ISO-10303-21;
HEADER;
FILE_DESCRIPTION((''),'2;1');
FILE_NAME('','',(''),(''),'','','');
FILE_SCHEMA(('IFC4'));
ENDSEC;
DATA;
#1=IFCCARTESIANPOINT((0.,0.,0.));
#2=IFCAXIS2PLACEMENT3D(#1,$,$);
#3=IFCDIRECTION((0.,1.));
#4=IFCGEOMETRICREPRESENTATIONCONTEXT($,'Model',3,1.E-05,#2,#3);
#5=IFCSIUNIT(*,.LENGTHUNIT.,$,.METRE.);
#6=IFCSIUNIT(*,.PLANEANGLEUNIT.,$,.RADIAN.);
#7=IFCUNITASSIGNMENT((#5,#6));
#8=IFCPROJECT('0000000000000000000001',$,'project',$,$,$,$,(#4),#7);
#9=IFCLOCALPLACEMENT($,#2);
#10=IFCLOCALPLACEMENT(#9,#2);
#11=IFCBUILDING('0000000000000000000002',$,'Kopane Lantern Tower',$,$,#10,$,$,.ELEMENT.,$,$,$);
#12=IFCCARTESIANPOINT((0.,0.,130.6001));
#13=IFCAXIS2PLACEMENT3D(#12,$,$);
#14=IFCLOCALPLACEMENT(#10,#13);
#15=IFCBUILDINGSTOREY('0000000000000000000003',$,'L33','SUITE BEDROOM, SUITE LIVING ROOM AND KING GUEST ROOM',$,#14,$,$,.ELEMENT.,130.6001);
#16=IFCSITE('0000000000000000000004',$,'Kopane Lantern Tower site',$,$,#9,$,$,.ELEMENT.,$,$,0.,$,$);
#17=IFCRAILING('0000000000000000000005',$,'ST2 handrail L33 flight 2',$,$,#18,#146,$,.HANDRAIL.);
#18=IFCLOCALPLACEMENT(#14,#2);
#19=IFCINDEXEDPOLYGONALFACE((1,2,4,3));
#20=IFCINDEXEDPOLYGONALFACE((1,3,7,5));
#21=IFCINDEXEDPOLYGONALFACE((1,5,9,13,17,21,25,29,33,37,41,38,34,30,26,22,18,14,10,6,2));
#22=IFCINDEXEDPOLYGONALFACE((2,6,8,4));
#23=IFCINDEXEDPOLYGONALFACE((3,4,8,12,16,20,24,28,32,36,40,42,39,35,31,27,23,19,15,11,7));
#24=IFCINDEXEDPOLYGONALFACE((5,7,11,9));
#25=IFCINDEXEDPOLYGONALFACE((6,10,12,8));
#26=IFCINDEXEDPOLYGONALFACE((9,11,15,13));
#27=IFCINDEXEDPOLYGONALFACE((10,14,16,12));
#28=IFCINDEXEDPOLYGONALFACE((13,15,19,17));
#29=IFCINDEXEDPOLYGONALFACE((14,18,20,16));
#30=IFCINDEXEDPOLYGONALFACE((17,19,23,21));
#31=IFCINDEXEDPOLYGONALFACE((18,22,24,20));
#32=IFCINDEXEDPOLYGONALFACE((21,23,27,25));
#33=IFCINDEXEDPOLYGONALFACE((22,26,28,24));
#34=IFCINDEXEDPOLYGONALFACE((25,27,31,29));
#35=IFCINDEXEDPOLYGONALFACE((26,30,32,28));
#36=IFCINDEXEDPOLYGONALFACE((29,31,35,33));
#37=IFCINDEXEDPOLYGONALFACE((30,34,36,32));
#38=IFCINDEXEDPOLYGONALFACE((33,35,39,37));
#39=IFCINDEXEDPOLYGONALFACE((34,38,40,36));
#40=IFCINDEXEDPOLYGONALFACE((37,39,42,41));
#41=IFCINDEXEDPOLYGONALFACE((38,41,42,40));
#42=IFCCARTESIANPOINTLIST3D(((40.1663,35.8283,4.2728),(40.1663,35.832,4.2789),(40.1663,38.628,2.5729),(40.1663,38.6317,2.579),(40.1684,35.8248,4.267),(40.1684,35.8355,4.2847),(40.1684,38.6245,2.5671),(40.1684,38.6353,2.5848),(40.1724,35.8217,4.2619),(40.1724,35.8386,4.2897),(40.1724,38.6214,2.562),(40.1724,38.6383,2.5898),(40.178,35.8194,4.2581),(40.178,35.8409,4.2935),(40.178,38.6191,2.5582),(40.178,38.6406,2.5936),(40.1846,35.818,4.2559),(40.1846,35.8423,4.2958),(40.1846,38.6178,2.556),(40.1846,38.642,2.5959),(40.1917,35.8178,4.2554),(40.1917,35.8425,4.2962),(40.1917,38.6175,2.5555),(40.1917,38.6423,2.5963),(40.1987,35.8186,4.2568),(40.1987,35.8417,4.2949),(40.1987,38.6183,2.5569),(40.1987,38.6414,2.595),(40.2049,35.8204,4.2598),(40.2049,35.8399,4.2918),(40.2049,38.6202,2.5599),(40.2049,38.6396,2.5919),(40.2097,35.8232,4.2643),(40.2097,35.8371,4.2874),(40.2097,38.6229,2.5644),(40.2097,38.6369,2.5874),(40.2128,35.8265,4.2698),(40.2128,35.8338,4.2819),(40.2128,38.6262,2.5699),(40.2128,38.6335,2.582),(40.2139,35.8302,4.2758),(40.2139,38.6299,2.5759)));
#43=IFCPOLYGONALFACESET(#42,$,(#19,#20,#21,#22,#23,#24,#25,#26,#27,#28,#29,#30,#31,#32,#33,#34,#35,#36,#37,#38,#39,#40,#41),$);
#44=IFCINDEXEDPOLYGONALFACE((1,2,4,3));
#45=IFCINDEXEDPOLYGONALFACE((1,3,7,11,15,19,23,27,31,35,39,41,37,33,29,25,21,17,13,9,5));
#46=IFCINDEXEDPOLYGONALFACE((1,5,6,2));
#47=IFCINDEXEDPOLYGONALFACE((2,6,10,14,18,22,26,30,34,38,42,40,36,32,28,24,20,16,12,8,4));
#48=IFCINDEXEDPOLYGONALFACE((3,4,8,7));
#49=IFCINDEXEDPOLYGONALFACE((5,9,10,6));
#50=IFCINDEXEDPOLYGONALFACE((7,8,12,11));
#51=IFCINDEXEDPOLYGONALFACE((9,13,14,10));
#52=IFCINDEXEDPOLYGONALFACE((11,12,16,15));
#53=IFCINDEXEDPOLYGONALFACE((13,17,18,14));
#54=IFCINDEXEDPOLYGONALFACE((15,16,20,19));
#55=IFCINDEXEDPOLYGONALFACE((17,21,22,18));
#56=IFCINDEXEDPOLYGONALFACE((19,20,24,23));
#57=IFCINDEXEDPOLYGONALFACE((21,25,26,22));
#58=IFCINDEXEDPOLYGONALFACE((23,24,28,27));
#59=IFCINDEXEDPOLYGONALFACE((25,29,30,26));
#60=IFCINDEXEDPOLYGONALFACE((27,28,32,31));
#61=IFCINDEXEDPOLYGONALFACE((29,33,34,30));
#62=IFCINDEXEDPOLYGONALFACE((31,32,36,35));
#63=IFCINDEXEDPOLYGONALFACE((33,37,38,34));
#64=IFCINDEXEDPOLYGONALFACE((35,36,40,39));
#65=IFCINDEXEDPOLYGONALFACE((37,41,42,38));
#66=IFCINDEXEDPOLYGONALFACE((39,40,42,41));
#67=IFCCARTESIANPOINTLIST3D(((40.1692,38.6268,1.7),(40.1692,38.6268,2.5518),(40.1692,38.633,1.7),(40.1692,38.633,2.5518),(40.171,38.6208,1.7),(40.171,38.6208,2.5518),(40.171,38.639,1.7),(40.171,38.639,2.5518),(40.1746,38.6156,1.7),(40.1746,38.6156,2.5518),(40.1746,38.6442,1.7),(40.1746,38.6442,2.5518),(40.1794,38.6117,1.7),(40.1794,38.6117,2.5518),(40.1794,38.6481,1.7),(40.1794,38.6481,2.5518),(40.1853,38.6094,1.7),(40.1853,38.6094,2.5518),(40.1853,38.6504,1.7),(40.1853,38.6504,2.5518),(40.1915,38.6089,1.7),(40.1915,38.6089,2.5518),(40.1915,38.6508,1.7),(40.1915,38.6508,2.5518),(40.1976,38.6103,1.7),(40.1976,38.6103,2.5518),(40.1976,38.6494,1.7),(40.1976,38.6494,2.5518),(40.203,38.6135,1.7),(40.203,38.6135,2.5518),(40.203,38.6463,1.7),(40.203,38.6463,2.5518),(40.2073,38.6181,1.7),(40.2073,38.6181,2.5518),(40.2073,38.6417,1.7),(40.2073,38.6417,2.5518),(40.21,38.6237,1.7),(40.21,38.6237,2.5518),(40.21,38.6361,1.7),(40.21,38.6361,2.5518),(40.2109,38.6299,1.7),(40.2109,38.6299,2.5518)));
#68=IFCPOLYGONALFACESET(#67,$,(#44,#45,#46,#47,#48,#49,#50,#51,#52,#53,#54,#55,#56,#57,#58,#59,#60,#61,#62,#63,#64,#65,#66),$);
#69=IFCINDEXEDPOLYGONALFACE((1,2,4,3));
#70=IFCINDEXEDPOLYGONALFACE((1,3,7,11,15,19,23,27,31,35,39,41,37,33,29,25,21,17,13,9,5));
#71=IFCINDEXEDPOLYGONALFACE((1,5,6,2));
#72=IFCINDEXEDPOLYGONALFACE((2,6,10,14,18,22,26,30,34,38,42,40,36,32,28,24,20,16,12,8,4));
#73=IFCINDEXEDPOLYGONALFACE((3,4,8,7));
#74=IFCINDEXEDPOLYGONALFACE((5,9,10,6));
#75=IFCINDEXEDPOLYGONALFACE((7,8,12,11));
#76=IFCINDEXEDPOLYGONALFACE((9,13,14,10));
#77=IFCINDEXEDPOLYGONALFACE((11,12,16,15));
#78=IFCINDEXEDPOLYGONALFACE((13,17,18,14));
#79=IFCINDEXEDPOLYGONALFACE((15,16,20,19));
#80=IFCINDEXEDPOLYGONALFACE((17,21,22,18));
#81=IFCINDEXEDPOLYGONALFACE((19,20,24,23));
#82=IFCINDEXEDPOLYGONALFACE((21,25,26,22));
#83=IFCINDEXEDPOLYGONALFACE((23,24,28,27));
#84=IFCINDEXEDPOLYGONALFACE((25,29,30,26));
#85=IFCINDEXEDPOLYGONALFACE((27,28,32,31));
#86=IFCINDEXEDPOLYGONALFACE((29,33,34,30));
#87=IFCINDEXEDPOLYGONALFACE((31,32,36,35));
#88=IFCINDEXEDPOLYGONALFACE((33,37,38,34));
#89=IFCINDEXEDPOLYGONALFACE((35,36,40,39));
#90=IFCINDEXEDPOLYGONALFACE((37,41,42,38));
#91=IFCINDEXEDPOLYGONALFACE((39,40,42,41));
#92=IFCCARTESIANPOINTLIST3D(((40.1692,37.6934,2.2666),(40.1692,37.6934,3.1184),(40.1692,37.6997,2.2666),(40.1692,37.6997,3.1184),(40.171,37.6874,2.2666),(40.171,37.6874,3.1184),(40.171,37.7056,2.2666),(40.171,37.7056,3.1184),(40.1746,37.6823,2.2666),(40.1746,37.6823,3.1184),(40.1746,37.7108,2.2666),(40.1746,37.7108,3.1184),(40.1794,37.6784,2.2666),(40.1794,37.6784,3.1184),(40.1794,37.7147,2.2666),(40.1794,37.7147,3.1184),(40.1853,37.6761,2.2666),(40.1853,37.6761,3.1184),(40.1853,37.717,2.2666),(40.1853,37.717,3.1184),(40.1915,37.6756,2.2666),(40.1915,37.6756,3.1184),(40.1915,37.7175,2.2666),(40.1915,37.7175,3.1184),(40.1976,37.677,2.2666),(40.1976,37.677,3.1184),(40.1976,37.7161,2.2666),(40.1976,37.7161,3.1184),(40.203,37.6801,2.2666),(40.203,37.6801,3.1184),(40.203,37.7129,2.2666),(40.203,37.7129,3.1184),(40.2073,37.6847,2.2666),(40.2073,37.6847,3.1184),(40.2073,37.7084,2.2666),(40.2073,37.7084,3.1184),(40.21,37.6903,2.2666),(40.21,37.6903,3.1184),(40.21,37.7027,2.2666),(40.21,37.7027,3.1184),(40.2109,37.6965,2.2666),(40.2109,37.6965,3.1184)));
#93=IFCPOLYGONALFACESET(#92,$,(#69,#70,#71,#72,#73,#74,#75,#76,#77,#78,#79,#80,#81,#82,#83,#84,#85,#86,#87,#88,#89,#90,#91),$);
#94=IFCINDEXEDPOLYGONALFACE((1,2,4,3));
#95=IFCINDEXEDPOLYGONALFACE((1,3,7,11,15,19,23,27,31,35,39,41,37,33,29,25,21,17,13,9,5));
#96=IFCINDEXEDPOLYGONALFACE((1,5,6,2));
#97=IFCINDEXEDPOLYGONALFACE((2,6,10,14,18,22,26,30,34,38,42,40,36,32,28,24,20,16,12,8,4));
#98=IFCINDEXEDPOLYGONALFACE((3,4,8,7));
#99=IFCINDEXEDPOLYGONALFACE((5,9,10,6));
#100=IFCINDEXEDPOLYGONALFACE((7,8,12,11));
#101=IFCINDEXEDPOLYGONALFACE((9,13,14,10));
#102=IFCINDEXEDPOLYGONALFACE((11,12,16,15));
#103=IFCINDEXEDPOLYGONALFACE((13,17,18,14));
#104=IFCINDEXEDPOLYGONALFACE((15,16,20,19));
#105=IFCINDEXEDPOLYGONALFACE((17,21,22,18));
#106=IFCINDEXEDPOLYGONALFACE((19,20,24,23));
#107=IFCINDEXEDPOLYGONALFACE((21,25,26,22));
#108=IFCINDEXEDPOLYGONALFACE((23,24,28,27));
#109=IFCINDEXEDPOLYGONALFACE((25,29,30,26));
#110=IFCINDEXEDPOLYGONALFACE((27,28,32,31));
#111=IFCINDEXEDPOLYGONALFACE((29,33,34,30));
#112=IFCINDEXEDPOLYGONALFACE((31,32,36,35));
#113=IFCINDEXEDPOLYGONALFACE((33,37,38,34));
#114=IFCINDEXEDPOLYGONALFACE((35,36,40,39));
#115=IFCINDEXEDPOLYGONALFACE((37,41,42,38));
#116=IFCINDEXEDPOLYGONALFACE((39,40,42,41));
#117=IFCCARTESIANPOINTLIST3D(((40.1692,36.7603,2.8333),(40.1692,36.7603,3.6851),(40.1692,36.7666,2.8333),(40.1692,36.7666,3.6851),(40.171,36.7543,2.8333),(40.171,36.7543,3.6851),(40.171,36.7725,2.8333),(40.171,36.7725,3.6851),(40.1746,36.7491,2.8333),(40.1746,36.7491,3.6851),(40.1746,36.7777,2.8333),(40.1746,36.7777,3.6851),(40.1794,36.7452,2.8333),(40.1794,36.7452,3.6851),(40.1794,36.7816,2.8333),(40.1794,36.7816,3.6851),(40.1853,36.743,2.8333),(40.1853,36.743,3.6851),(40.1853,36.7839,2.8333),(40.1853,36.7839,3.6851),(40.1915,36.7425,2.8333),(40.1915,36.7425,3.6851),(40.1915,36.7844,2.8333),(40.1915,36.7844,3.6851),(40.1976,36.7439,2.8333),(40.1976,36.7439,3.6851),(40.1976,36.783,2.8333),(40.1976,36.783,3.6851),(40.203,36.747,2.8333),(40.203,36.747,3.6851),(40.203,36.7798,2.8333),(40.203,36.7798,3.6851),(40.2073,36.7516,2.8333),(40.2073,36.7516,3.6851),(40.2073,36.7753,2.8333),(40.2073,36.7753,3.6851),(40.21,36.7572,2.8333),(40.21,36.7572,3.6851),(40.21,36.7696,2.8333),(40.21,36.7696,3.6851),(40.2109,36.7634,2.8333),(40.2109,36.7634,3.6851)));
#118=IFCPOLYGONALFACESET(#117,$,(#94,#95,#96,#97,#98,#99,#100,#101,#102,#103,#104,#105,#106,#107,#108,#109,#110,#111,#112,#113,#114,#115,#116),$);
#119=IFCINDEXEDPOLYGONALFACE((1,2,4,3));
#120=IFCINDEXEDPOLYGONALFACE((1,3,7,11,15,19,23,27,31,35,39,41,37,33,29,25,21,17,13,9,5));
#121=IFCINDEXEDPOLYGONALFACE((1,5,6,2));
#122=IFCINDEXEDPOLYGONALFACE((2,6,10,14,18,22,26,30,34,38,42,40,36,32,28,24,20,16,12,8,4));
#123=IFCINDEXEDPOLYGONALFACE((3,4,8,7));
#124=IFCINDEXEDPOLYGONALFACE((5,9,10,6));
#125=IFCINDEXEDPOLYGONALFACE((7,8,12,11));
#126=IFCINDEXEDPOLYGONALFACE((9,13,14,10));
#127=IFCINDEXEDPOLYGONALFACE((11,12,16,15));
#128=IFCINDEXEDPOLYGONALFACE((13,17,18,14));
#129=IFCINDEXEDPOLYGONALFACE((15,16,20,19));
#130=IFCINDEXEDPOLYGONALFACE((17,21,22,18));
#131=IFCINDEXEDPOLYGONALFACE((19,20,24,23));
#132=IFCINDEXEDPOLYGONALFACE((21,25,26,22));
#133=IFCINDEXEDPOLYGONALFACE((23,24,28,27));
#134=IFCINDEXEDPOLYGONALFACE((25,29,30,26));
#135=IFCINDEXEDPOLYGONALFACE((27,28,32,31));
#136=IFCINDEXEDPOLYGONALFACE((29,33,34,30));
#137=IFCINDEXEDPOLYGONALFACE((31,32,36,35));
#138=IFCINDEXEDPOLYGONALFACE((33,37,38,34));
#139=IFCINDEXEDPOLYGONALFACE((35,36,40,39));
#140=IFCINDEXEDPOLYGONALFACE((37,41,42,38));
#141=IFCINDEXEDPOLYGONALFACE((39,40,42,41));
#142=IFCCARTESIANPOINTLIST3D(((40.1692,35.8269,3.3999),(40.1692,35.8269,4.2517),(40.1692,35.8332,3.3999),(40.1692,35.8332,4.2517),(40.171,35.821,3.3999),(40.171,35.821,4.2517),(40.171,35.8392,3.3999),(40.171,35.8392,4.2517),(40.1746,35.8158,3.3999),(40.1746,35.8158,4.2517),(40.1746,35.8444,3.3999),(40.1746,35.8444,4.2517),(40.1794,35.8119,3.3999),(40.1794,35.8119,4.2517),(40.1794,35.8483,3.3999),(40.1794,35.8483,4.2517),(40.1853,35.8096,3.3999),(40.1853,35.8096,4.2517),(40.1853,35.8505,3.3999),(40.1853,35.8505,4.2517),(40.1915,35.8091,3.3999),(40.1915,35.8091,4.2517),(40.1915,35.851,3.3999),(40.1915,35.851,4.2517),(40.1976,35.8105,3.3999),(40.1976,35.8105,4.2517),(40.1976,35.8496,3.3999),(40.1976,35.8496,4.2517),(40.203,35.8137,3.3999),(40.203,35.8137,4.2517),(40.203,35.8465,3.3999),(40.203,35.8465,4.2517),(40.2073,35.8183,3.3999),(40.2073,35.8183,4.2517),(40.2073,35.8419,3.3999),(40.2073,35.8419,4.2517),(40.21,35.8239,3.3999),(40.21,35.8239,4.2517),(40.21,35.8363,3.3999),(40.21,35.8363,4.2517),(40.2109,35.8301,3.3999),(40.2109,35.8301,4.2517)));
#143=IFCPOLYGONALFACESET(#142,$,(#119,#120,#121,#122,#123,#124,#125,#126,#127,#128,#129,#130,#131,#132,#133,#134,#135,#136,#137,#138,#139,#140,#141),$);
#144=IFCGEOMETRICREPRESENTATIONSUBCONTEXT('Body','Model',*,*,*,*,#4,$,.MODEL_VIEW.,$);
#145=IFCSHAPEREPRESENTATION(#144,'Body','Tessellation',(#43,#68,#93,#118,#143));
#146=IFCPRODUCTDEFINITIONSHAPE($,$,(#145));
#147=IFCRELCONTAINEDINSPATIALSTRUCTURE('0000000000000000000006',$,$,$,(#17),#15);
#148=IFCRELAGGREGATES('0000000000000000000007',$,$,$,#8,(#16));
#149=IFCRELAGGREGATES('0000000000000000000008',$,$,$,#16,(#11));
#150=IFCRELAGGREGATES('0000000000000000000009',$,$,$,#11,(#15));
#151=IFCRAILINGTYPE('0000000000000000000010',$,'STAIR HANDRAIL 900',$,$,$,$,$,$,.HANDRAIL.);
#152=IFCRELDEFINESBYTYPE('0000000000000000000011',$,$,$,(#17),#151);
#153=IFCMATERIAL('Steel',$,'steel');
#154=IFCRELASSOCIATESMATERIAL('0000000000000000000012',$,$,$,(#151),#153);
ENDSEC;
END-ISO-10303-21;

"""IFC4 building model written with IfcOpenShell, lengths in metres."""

from ifc_helpers import new_model, si_unit, direction, frame, origin, origin_2d, place, context, subcontext, project, spatial, circle, extrude, material, type_object, element, save


model = new_model("IFC4")

# Units and contexts
model_context = context("Model", 3, precision=1e-05, world=origin(), true_north=direction((0.0, 1.0)))
body_context = subcontext(model_context, "Body", "Model", "MODEL_VIEW")
ifc_project = project(units=[si_unit("LENGTHUNIT", "METRE"), si_unit("PLANEANGLEUNIT", "RADIAN")], contexts=[model_context])

# Site, building, storey
site_placement = place(None, origin())
site = spatial("IfcSite", under=ifc_project, at=site_placement, Name="Kopane Lantern Tower site", CompositionType="ELEMENT", RefElevation=0.0)
building_placement = place(site_placement, origin())
building = spatial("IfcBuilding", under=site, at=building_placement, Name="Kopane Lantern Tower", CompositionType="ELEMENT")
storey_placement = place(building_placement, frame((0.0, 0.0, 130.6001)))
storey = spatial("IfcBuildingStorey", under=building, at=storey_placement, Name="L33", Description="SUITE BEDROOM, SUITE LIVING ROOM AND KING GUEST ROOM", CompositionType="ELEMENT", Elevation=130.6001)

# Railing
ifc_material_1 = material(Name="Steel", Category="steel")
railing_type_1 = type_object("IfcRailingType", Name="STAIR HANDRAIL 900", PredefinedType="HANDRAIL", material=ifc_material_1)
for number, where, name in (
    (1, (40.1899, 38.6299, 1.7), "ST2 handrail L33 flight 2"),
):
    element("IfcRailing", number, at=place(storey_placement, frame(where)), inside=storey, type_object=railing_type_1, Name=name, PredefinedType="HANDRAIL", context=body_context, shape_type="SweptSolid", body=[
        extrude(circle(Radius=0.0239, at=origin_2d()), frame((0.0, 0.0, 0.876), z_axis=(0.0, -0.854778, 0.518994), x_axis=(1.0, 0.0, 0.0)), (0.0, 0.0, 1.0), 3.2754),
        extrude(circle(Radius=0.021, at=origin_2d()), origin(), (0.0, 0.0, 1.0), 0.8518),
        extrude(circle(Radius=0.021, at=origin_2d()), frame((0.0, -0.9333, 0.5667)), (0.0, 0.0, 1.0), 0.8518),
        extrude(circle(Radius=0.021, at=origin_2d()), frame((0.0, -1.8665, 1.1333)), (0.0, 0.0, 1.0), 0.8518),
        extrude(circle(Radius=0.021, at=origin_2d()), frame((0.0, -2.7998, 1.7)), (0.0, 0.0, 1.0), 0.8518),
    ])

save(model, "model.ifc")
